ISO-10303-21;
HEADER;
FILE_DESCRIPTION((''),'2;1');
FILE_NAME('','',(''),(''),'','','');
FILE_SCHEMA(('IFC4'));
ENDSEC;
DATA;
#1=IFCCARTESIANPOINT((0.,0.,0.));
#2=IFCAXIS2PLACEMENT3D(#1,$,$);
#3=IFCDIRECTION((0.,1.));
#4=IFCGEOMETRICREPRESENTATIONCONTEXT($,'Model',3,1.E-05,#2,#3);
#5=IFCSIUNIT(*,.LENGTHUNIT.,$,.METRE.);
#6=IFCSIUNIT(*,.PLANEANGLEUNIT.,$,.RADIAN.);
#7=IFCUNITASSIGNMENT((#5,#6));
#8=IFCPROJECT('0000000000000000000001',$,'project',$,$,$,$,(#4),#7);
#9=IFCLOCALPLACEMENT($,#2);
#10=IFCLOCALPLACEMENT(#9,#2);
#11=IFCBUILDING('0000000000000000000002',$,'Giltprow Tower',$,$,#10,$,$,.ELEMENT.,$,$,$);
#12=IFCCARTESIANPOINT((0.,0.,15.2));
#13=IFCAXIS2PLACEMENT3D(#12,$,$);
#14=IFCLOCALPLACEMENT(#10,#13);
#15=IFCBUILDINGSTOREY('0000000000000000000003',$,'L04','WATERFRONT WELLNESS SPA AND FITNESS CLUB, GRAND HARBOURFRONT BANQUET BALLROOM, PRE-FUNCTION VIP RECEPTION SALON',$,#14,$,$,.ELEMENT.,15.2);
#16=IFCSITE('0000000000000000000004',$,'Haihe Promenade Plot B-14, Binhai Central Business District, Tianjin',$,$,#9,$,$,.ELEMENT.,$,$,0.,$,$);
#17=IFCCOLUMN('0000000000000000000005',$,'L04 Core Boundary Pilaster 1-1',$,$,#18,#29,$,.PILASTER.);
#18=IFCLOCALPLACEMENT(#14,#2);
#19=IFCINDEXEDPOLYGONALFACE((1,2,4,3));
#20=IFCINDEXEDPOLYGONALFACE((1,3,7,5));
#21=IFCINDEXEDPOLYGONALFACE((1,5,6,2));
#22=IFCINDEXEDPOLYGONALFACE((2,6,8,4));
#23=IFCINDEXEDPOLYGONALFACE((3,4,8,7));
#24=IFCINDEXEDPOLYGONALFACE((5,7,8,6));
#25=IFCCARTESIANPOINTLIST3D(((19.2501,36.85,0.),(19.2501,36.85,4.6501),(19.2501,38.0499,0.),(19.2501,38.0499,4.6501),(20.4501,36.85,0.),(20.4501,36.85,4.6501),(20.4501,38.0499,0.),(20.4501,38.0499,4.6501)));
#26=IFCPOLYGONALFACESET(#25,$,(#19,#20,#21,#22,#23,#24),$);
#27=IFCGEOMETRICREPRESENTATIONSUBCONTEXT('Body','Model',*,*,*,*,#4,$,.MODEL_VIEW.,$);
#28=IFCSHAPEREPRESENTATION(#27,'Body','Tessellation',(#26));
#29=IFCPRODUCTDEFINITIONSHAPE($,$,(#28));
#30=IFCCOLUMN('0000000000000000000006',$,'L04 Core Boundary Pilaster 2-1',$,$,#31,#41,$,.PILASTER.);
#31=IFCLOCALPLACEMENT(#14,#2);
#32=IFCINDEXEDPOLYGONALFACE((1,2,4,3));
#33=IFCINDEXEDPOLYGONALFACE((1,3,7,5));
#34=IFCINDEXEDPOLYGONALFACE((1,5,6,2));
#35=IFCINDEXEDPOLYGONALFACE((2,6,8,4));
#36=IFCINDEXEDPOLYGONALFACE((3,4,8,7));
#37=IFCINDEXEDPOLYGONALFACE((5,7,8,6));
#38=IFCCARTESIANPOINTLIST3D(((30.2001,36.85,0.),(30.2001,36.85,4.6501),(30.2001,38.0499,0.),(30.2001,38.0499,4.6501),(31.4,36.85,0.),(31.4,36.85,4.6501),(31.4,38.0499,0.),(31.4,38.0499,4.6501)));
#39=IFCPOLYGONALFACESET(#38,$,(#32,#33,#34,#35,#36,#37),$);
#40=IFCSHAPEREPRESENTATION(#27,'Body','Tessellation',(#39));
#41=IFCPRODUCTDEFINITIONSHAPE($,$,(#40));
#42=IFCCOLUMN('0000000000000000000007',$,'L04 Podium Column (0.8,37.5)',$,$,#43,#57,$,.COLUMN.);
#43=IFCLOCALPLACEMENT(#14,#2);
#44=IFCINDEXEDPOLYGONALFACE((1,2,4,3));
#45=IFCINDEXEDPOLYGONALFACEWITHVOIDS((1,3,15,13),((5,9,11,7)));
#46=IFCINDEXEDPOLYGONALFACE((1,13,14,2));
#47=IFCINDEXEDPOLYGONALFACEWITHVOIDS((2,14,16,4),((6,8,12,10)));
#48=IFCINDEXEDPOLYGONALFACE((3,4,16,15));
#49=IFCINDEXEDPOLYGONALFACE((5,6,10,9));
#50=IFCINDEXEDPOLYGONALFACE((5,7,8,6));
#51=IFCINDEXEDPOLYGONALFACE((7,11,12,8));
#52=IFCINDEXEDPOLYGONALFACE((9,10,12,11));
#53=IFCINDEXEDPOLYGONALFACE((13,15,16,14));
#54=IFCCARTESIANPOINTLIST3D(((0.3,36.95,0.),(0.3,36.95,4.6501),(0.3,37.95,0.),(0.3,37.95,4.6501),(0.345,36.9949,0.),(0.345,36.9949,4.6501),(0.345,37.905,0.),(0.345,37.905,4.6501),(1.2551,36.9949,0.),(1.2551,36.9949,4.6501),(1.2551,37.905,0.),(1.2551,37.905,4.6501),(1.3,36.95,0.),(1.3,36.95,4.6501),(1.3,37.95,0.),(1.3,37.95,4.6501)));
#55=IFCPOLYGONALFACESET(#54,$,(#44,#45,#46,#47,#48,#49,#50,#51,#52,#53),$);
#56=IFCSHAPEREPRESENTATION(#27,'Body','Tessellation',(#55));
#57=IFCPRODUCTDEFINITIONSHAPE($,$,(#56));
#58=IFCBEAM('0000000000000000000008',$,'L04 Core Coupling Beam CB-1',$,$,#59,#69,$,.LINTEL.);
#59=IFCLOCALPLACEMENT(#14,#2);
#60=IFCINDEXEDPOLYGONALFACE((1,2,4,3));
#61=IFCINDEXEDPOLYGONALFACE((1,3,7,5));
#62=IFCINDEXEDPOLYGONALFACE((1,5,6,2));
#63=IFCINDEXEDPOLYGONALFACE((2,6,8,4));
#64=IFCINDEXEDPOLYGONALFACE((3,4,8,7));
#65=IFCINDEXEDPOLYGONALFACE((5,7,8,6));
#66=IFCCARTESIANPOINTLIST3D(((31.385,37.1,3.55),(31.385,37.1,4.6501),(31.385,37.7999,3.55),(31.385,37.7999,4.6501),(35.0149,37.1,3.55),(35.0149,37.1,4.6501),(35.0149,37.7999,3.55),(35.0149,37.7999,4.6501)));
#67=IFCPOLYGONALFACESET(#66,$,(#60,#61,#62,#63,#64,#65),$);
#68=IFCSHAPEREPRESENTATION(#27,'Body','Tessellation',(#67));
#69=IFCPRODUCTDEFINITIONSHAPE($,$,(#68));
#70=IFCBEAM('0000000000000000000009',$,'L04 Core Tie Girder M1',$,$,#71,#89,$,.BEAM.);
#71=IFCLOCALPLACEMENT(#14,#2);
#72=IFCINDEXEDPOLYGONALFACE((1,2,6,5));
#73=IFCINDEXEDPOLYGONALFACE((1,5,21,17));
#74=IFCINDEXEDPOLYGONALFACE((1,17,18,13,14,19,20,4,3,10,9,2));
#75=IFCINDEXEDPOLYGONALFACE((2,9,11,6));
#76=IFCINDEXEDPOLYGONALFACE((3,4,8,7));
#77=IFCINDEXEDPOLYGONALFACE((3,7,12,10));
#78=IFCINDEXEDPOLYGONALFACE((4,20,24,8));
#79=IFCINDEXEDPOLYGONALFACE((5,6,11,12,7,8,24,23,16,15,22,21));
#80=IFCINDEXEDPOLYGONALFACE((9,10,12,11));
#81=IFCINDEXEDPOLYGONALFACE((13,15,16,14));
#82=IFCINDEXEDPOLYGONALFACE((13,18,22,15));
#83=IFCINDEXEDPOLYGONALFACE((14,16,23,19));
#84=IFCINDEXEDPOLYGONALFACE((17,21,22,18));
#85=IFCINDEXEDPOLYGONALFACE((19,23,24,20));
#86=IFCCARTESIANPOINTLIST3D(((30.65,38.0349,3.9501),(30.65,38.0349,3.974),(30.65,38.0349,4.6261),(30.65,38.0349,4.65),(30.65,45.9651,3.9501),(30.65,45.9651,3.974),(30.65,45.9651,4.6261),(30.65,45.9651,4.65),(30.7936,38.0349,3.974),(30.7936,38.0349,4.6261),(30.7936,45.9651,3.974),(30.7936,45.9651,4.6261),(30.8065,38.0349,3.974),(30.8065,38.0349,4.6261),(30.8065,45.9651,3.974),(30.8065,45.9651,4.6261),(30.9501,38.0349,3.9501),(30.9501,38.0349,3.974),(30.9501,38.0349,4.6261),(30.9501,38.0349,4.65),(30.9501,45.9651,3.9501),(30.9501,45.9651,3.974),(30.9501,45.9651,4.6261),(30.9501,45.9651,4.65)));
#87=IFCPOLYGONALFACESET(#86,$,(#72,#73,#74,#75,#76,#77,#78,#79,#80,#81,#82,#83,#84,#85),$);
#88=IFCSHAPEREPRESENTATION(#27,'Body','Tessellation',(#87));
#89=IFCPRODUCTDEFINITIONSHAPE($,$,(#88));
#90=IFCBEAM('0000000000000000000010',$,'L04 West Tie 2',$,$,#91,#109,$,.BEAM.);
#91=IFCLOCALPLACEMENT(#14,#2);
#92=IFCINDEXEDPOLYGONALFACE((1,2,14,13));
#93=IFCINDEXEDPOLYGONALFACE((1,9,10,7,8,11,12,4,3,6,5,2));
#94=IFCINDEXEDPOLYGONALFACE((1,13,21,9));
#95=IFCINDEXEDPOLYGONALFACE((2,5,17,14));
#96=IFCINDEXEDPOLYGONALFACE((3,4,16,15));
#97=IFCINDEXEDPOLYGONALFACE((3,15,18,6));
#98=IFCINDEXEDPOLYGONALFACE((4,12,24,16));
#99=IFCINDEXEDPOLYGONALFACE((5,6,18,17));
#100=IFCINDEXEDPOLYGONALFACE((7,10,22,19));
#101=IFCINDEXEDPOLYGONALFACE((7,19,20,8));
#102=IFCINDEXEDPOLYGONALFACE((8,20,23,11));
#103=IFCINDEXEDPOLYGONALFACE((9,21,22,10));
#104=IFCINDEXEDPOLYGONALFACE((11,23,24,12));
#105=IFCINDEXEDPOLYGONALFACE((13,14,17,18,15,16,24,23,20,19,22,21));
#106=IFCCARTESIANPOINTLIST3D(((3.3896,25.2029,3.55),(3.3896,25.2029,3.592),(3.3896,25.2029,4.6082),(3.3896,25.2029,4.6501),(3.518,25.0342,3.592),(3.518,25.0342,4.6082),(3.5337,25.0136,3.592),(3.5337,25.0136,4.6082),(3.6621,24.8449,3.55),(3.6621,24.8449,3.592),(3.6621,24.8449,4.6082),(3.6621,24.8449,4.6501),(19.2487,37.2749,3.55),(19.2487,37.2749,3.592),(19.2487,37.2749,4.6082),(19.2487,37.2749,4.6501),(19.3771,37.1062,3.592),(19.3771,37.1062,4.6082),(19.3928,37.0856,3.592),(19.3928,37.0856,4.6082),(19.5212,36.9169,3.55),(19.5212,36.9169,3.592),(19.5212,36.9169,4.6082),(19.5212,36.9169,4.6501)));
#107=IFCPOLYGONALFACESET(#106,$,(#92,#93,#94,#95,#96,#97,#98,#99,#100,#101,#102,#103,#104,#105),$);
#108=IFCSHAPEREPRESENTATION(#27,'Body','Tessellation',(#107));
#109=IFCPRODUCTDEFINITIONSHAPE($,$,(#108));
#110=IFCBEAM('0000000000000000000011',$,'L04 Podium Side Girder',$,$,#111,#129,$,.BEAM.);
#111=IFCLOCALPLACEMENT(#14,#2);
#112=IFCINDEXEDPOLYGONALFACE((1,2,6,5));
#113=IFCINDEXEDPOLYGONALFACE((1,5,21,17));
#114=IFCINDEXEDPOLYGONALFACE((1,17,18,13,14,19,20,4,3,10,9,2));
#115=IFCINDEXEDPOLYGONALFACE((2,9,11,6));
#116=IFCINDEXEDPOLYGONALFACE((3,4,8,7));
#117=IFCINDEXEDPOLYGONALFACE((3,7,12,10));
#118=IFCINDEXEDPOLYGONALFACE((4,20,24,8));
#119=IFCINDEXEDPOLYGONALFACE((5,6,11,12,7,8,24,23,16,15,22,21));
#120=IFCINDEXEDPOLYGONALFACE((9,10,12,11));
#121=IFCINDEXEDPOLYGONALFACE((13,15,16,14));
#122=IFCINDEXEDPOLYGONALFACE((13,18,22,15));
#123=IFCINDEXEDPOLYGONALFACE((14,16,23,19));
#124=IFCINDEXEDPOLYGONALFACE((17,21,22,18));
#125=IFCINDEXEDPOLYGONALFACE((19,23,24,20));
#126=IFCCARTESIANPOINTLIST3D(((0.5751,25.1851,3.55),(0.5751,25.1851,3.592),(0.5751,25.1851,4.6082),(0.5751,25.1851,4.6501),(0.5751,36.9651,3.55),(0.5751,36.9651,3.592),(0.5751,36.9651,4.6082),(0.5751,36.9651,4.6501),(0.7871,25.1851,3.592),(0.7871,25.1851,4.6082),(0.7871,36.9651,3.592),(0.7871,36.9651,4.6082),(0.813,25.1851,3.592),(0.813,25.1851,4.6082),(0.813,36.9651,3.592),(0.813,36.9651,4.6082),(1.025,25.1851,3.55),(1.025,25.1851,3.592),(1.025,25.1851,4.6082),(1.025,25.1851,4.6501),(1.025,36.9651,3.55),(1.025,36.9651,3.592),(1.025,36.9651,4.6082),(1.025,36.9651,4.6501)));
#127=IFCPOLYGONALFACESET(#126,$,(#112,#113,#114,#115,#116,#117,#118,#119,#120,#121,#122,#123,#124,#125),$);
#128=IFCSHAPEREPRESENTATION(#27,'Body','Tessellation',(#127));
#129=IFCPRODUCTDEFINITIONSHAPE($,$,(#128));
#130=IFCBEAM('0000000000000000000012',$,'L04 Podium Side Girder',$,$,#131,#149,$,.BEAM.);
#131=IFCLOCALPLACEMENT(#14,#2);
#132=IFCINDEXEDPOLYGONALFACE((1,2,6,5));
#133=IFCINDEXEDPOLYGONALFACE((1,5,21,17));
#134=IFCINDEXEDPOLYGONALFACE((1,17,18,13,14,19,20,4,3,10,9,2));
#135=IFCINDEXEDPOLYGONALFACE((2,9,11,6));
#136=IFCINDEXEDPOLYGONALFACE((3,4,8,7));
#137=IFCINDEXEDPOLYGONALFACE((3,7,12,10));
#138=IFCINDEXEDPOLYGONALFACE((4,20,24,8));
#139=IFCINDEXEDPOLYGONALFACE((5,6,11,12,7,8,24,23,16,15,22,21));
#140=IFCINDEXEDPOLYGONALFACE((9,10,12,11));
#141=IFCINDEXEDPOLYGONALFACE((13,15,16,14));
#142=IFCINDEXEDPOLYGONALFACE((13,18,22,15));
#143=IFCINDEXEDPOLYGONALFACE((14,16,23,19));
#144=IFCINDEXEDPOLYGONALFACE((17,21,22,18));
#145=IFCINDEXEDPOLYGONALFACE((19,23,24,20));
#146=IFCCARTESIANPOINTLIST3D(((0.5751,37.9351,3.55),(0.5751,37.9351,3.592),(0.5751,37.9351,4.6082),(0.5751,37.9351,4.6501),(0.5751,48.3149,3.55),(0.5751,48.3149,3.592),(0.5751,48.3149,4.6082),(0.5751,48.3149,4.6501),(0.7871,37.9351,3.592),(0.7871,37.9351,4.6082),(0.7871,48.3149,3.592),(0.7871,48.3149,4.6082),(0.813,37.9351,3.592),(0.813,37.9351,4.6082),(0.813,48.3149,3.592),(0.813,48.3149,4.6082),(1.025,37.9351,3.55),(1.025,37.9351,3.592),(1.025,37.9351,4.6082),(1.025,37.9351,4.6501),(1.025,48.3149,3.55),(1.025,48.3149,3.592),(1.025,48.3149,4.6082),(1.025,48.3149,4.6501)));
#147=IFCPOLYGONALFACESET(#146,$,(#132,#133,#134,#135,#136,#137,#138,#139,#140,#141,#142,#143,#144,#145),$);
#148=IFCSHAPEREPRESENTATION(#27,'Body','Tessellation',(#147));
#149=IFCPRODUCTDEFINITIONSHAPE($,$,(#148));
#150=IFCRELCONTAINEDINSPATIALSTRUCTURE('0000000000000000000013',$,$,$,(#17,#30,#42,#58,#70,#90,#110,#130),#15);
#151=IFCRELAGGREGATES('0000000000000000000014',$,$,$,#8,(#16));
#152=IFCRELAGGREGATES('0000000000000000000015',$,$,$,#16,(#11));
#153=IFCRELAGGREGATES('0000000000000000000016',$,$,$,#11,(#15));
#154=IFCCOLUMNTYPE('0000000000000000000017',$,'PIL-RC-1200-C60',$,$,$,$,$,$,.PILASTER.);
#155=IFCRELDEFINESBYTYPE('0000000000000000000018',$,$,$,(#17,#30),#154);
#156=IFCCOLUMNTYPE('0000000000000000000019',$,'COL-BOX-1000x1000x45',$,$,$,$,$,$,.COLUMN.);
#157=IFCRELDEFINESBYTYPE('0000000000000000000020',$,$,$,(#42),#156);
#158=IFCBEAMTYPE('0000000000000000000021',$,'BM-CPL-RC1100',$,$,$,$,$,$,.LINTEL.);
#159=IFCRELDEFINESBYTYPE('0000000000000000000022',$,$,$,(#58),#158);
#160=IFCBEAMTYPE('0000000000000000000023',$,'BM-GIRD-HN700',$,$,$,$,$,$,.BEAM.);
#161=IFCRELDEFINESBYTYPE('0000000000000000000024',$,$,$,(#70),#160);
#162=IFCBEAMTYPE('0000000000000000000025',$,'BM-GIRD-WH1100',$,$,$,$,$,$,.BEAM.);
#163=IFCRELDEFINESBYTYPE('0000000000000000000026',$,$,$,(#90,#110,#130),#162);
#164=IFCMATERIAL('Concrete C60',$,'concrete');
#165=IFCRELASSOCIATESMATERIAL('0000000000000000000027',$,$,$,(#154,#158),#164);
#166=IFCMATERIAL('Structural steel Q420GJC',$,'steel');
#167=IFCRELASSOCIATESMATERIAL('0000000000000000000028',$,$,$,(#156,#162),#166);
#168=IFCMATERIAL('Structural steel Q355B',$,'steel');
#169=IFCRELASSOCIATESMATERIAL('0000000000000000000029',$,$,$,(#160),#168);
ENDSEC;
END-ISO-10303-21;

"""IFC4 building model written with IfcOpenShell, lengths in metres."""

from ifc_helpers import new_model, si_unit, direction, frame, origin, origin_2d, place, context, subcontext, project, spatial, rectangle, hollow_rectangle, i_section, extrude, source, transform, mapped, material, material_profile, profile_set, type_object, element, save


model = new_model("IFC4")

# Units and contexts
model_context = context("Model", 3, precision=1e-05, world=origin(), true_north=direction((0.0, 1.0)))
body_context = subcontext(model_context, "Body", "Model", "MODEL_VIEW")
ifc_project = project(units=[si_unit("LENGTHUNIT", "METRE"), si_unit("PLANEANGLEUNIT", "RADIAN")], contexts=[model_context])

# Site, building, storey
site_placement = place(None, origin())
site = spatial("IfcSite", under=ifc_project, at=site_placement, Name="Haihe Promenade Plot B-14, Binhai Central Business District, Tianjin", CompositionType="ELEMENT", RefElevation=0.0)
building_placement = place(site_placement, origin())
building = spatial("IfcBuilding", under=site, at=building_placement, Name="Giltprow Tower", CompositionType="ELEMENT")
storey_placement = place(building_placement, frame((0.0, 0.0, 15.2)))
storey = spatial("IfcBuildingStorey", under=building, at=storey_placement, Name="L04", Description="WATERFRONT WELLNESS SPA AND FITNESS CLUB, GRAND HARBOURFRONT BANQUET BALLROOM, PRE-FUNCTION VIP RECEPTION SALON", CompositionType="ELEMENT", Elevation=15.2)

# Columns
ifc_material_1 = material(Name="Concrete C60", Category="concrete")
ifc_material_profile_1 = material_profile(ifc_material_1, rectangle(XDim=1.2, YDim=1.2, at=origin_2d()), Name="RC 1200x1200")
ifc_profile_set_1 = profile_set([ifc_material_profile_1], Name="Concrete C60")
column_type_1 = type_object("IfcColumnType", Name="PIL-RC-1200-C60", PredefinedType="PILASTER", material=ifc_profile_set_1)
shared_shape_1 = source(origin(), body_context, "Body", "SweptSolid", [
    extrude(rectangle(XDim=1.2, YDim=1.2, at=origin_2d()), origin(), (0.0, 0.0, 1.0), 4.6501),
])
for number, where, z_axis, x_axis, name in (
    (1, (19.8501, 37.45, 0.0), (0.0, 0.0, 1.0), (1.0, 0.0, 0.0), "L04 Core Boundary Pilaster 1-1"),
    (2, (30.8, 37.45, 0.0), (0.0, 0.0, 1.0), (1.0, 0.0, 0.0), "L04 Core Boundary Pilaster 2-1"),
):
    element("IfcColumn", number, at=place(storey_placement, frame(where, z_axis=z_axis, x_axis=x_axis)), inside=storey, type_object=column_type_1, Name=name, PredefinedType="PILASTER", context=body_context, shape_type="MappedRepresentation", body=[
        mapped(shared_shape_1, transform((0.0, 0.0, 0.0), x_axis=(1.0, 0.0, 0.0), y_axis=(0.0, 1.0, 0.0), z_axis=(0.0, 0.0, 1.0), scale=1.0)),
    ])
ifc_material_2 = material(Name="Structural steel Q420GJC", Category="steel")
ifc_material_profile_2 = material_profile(ifc_material_2, hollow_rectangle(XDim=1.0, YDim=1.0, WallThickness=0.0449, at=origin_2d()), Name="BOX 1000x1000x45")
ifc_profile_set_2 = profile_set([ifc_material_profile_2], Name="Structural steel Q420GJC")
column_type_2 = type_object("IfcColumnType", Name="COL-BOX-1000x1000x45", PredefinedType="COLUMN", material=ifc_profile_set_2)
shared_shape_2 = source(origin(), body_context, "Body", "SweptSolid", [
    extrude(hollow_rectangle(XDim=1.0, YDim=1.0, WallThickness=0.0449, at=origin_2d()), origin(), (0.0, 0.0, 1.0), 4.6501),
])
column_placement = place(storey_placement, frame((0.8, 37.45, 0.0), z_axis=(0.0, 0.0, 1.0), x_axis=(1.0, 0.0, 0.0)))
element("IfcColumn", 3, at=column_placement, inside=storey, type_object=column_type_2, Name="L04 Podium Column (0.8,37.5)", PredefinedType="COLUMN", context=body_context, shape_type="MappedRepresentation", body=[
    mapped(shared_shape_2, transform((0.0, 0.0, 0.0), x_axis=(1.0, 0.0, 0.0), y_axis=(0.0, 1.0, 0.0), z_axis=(0.0, 0.0, 1.0), scale=1.0)),
])

# Beams
ifc_material_profile_3 = material_profile(ifc_material_1, rectangle(XDim=0.7, YDim=1.1001, at=origin_2d()), Name="RC 1100x700")
ifc_profile_set_3 = profile_set([ifc_material_profile_3], Name="Concrete C60")
beam_type_1 = type_object("IfcBeamType", Name="BM-CPL-RC1100", PredefinedType="LINTEL", material=ifc_profile_set_3)
shared_shape_3 = source(origin(), body_context, "Body", "SweptSolid", [
    extrude(rectangle(XDim=0.7, YDim=1.1001, at=origin_2d()), origin(), (0.0, 0.0, 1.0), 3.6299),
])
beam_1_placement = place(storey_placement, frame((31.385, 37.45, 4.1001), z_axis=(1.0, 0.0, 0.0), x_axis=(0.0, 1.0, 0.0)))
element("IfcBeam", 4, at=beam_1_placement, inside=storey, type_object=beam_type_1, Name="L04 Core Coupling Beam CB-1", PredefinedType="LINTEL", context=body_context, shape_type="MappedRepresentation", body=[
    mapped(shared_shape_3, transform((0.0, 0.0, 0.0), x_axis=(1.0, 0.0, 0.0), y_axis=(0.0, 1.0, 0.0), z_axis=(0.0, 0.0, 1.0), scale=1.0)),
])
ifc_material_3 = material(Name="Structural steel Q355B", Category="steel")
ifc_material_profile_4 = material_profile(ifc_material_3, i_section(OverallWidth=0.3, OverallDepth=0.7, WebThickness=0.0129, FlangeThickness=0.0239, at=origin_2d()), Name="HN 700x300x13x24")
ifc_profile_set_4 = profile_set([ifc_material_profile_4], Name="Structural steel Q355B")
beam_type_2 = type_object("IfcBeamType", Name="BM-GIRD-HN700", PredefinedType="BEAM", material=ifc_profile_set_4)
shared_shape_4 = source(origin(), body_context, "Body", "SweptSolid", [
    extrude(i_section(OverallWidth=0.3, OverallDepth=0.7, WebThickness=0.0129, FlangeThickness=0.0239, at=origin_2d()), origin(), (0.0, 0.0, 1.0), 7.9302),
])
beam_2_placement = place(storey_placement, frame((30.8, 38.0349, 4.3), z_axis=(0.0, 1.0, 0.0), x_axis=(-1.0, 0.0, 0.0)))
element("IfcBeam", 5, at=beam_2_placement, inside=storey, type_object=beam_type_2, Name="L04 Core Tie Girder M1", PredefinedType="BEAM", context=body_context, shape_type="MappedRepresentation", body=[
    mapped(shared_shape_4, transform((0.0, 0.0, 0.0), x_axis=(1.0, 0.0, 0.0), y_axis=(0.0, 1.0, 0.0), z_axis=(0.0, 0.0, 1.0), scale=1.0)),
])
ifc_material_profile_5 = material_profile(ifc_material_2, i_section(OverallWidth=0.45, OverallDepth=1.1001, WebThickness=0.0259, FlangeThickness=0.042, at=origin_2d()), Name="WH 1100x450x26x42")
ifc_profile_set_5 = profile_set([ifc_material_profile_5], Name="Structural steel Q420GJC")
beam_type_3 = type_object("IfcBeamType", Name="BM-GIRD-WH1100", PredefinedType="BEAM", material=ifc_profile_set_5)
shared_shape_5 = source(origin(), body_context, "Body", "SweptSolid", [
    extrude(i_section(OverallWidth=0.45, OverallDepth=1.1001, WebThickness=0.0259, FlangeThickness=0.042, at=origin_2d()), origin(), (0.0, 0.0, 1.0), 19.9309),
])
beam_3_placement = place(storey_placement, frame((3.5259, 25.0239, 4.1001), z_axis=(0.795701, 0.60569, 0.0), x_axis=(-0.60569, 0.795701, 0.0)))
element("IfcBeam", 6, at=beam_3_placement, inside=storey, type_object=beam_type_3, Name="L04 West Tie 2", PredefinedType="BEAM", context=body_context, shape_type="MappedRepresentation", body=[
    mapped(shared_shape_5, transform((0.0, 0.0, 0.0), x_axis=(1.0, 0.0, 0.0), y_axis=(0.0, 1.0, 0.0), z_axis=(0.0, 0.0, 1.0), scale=1.0)),
])
shared_shape_6 = source(origin(), body_context, "Body", "SweptSolid", [
    extrude(i_section(OverallWidth=0.45, OverallDepth=1.1001, WebThickness=0.0259, FlangeThickness=0.042, at=origin_2d()), origin(), (0.0, 0.0, 1.0), 11.78),
])
beam_4_placement = place(storey_placement, frame((0.8, 25.1851, 4.1001), z_axis=(0.0, 1.0, 0.0), x_axis=(-1.0, 0.0, 0.0)))
element("IfcBeam", 7, at=beam_4_placement, inside=storey, type_object=beam_type_3, Name="L04 Podium Side Girder", PredefinedType="BEAM", context=body_context, shape_type="MappedRepresentation", body=[
    mapped(shared_shape_6, transform((0.0, 0.0, 0.0), x_axis=(1.0, 0.0, 0.0), y_axis=(0.0, 1.0, 0.0), z_axis=(0.0, 0.0, 1.0), scale=1.0)),
])
shared_shape_7 = source(origin(), body_context, "Body", "SweptSolid", [
    extrude(i_section(OverallWidth=0.45, OverallDepth=1.1001, WebThickness=0.0259, FlangeThickness=0.042, at=origin_2d()), origin(), (0.0, 0.0, 1.0), 10.3799),
])
beam_5_placement = place(storey_placement, frame((0.8, 37.9351, 4.1001), z_axis=(0.0, 1.0, 0.0), x_axis=(-1.0, 0.0, 0.0)))
element("IfcBeam", 8, at=beam_5_placement, inside=storey, type_object=beam_type_3, Name="L04 Podium Side Girder", PredefinedType="BEAM", context=body_context, shape_type="MappedRepresentation", body=[
    mapped(shared_shape_7, transform((0.0, 0.0, 0.0), x_axis=(1.0, 0.0, 0.0), y_axis=(0.0, 1.0, 0.0), z_axis=(0.0, 0.0, 1.0), scale=1.0)),
])

save(model, "model.ifc")
